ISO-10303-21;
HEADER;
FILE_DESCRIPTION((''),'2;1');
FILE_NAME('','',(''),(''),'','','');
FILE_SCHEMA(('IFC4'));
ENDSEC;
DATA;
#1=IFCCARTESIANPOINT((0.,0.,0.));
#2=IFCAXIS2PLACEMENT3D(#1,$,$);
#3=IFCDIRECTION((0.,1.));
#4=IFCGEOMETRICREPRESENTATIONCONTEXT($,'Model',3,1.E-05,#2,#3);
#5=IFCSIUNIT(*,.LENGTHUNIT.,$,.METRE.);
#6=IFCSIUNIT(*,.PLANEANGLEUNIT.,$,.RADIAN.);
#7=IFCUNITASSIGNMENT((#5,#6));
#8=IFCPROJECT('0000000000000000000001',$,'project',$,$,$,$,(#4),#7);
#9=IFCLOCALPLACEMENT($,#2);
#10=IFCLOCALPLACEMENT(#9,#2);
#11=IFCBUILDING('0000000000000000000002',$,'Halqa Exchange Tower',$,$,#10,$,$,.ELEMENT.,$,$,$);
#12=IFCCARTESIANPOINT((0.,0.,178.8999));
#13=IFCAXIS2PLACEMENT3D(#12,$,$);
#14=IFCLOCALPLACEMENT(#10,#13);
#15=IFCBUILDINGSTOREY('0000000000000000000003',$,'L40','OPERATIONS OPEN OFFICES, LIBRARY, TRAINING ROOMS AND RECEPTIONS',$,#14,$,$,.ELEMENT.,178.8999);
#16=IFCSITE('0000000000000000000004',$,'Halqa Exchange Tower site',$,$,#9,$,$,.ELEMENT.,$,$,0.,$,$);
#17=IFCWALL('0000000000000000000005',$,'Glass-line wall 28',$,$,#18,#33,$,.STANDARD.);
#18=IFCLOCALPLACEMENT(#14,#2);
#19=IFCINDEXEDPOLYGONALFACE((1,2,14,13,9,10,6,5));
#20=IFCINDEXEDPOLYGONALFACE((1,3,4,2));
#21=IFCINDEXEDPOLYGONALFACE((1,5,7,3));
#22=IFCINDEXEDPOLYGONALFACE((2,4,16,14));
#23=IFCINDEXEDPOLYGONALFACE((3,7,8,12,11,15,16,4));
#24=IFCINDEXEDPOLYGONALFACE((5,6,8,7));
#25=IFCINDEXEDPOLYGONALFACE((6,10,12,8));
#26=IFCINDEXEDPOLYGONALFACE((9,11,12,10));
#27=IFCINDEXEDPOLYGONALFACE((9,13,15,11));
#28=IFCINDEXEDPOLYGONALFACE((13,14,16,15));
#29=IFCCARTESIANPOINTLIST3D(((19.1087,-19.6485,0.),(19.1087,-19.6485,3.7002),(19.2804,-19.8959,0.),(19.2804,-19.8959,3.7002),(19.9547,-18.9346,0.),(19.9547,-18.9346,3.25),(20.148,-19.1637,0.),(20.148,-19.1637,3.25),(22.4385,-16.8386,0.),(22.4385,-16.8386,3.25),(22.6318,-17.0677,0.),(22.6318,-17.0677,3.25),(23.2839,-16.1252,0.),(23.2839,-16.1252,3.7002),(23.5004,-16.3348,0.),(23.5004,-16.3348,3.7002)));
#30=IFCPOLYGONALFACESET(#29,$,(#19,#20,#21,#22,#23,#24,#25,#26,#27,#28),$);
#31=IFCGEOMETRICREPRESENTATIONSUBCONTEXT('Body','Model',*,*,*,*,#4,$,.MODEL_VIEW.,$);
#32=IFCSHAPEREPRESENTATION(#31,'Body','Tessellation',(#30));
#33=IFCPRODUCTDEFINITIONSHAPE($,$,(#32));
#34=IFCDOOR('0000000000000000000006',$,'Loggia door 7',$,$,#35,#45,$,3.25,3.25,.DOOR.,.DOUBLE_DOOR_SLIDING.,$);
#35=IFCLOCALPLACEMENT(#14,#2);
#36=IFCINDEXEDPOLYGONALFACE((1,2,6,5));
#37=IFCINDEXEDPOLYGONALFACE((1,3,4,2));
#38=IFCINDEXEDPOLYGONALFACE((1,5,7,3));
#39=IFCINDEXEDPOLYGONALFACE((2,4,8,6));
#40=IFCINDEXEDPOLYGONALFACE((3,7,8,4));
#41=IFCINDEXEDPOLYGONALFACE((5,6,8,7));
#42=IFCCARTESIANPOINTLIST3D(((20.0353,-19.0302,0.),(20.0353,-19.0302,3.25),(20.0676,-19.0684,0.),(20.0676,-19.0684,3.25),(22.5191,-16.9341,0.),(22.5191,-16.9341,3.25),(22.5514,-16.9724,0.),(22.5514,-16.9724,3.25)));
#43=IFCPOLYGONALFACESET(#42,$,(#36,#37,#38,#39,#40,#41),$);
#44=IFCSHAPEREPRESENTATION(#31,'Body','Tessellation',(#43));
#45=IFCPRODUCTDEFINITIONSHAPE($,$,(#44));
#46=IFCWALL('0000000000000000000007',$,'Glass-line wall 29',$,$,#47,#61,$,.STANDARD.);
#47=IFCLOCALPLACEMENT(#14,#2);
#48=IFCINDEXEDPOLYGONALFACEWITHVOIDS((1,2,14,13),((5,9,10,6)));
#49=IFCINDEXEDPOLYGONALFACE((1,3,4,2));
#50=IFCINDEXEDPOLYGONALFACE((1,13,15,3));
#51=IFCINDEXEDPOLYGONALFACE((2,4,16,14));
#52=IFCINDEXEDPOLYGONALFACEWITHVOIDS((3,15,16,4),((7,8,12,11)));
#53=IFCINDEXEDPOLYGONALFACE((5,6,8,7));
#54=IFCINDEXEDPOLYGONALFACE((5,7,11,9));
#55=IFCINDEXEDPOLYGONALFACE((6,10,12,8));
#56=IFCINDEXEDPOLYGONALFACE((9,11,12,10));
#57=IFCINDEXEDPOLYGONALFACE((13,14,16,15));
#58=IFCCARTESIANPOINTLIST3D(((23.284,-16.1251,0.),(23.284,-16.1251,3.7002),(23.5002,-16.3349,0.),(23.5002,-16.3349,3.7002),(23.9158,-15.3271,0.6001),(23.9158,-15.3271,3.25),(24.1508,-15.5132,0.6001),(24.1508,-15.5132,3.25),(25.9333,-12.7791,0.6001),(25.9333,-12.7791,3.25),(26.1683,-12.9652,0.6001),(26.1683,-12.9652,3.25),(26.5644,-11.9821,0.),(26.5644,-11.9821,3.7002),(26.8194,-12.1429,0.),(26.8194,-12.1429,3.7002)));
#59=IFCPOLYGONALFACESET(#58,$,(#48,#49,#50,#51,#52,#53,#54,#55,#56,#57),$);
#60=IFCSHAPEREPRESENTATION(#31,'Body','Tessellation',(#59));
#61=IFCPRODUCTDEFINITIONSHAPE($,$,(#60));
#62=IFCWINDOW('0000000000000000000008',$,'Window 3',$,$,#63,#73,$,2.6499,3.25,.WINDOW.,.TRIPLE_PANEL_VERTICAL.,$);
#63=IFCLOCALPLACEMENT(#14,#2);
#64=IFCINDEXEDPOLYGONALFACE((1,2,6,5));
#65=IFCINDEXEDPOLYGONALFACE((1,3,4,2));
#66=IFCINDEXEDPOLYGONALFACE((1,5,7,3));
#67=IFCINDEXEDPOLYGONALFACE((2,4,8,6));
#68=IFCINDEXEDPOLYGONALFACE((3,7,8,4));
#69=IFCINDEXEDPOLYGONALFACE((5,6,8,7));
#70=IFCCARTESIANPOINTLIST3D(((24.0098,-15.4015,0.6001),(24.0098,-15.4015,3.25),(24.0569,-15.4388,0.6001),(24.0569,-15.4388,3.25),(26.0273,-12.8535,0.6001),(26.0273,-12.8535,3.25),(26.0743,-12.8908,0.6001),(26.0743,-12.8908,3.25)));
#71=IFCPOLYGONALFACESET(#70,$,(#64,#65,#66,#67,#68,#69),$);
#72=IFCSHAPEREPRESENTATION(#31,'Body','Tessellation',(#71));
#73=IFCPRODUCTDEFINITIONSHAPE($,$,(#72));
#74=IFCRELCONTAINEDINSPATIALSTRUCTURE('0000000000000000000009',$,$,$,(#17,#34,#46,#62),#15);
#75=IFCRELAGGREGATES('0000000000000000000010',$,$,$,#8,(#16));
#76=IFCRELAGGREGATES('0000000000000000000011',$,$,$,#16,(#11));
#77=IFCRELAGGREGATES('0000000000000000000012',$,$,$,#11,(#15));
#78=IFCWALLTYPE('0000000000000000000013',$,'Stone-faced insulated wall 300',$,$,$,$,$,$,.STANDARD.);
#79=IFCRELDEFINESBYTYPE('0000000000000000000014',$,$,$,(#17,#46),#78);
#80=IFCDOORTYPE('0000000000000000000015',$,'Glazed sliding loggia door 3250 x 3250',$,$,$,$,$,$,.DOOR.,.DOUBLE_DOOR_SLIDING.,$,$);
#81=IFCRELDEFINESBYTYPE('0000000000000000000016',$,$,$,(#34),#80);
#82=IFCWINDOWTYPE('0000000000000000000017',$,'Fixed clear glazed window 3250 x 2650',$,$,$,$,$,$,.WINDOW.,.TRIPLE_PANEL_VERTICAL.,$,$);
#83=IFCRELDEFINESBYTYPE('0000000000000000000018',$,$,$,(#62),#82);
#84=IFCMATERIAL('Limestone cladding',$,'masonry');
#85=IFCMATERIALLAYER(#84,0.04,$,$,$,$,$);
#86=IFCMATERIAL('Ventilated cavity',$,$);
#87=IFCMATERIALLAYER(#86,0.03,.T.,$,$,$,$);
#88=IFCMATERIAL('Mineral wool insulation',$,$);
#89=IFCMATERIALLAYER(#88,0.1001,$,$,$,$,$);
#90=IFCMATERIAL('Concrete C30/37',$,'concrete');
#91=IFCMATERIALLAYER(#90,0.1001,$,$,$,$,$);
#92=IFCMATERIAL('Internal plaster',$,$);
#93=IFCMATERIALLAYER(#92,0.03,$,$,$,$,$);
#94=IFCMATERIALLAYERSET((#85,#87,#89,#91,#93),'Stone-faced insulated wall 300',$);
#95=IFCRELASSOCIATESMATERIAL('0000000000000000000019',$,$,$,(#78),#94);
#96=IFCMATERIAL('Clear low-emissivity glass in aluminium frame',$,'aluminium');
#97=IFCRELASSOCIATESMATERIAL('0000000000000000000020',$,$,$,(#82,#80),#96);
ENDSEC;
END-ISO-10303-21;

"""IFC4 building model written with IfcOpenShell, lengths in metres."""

from ifc_helpers import new_model, si_unit, direction, frame, frame_2d, origin, place, context, subcontext, project, spatial, polyline, rectangle, outline, extrude, material, layer, layer_set, type_object, element, fill, save


model = new_model("IFC4")

# Units and contexts
model_context = context("Model", 3, precision=1e-05, world=origin(), true_north=direction((0.0, 1.0)))
body_context = subcontext(model_context, "Body", "Model", "MODEL_VIEW")
ifc_project = project(units=[si_unit("LENGTHUNIT", "METRE"), si_unit("PLANEANGLEUNIT", "RADIAN")], contexts=[model_context])

# Site, building, storey
site_placement = place(None, origin())
site = spatial("IfcSite", under=ifc_project, at=site_placement, Name="Halqa Exchange Tower site", CompositionType="ELEMENT", RefElevation=0.0)
building_placement = place(site_placement, origin())
building = spatial("IfcBuilding", under=site, at=building_placement, Name="Halqa Exchange Tower", CompositionType="ELEMENT")
storey_placement = place(building_placement, frame((0.0, 0.0, 178.8999)))
storey = spatial("IfcBuildingStorey", under=building, at=storey_placement, Name="L40", Description="OPERATIONS OPEN OFFICES, LIBRARY, TRAINING ROOMS AND RECEPTIONS", CompositionType="ELEMENT", Elevation=178.8999)

# Shared definitions
ifc_material_1 = material(Name="Limestone cladding", Category="masonry")
ifc_layer_1 = layer(ifc_material_1, 0.04)
ifc_material_2 = material(Name="Ventilated cavity")
ifc_layer_2 = layer(ifc_material_2, 0.03, ventilated=True)
ifc_material_3 = material(Name="Mineral wool insulation")
ifc_layer_3 = layer(ifc_material_3, 0.1001)
ifc_material_4 = material(Name="Concrete C30/37", Category="concrete")
ifc_layer_4 = layer(ifc_material_4, 0.1001)
ifc_material_5 = material(Name="Internal plaster")
ifc_layer_5 = layer(ifc_material_5, 0.03)
ifc_layer_set_1 = layer_set([ifc_layer_1, ifc_layer_2, ifc_layer_3, ifc_layer_4, ifc_layer_5], Name="Stone-faced insulated wall 300")
wall_type_1 = type_object("IfcWallType", Name="Stone-faced insulated wall 300", PredefinedType="STANDARD", material=ifc_layer_set_1)
ifc_material_6 = material(Name="Clear low-emissivity glass in aluminium frame", Category="aluminium")
window_type = type_object("IfcWindowType", Name="Fixed clear glazed window 3250 x 2650", PartitioningType="TRIPLE_PANEL_VERTICAL", PredefinedType="WINDOW", material=ifc_material_6)

# Wall, opening, door
wall_1_placement = place(storey_placement, frame((19.1946, -19.7722, 0.0), z_axis=(0.0, 0.0, 1.0), x_axis=(0.764239, 0.644933, 0.0)))
wall_1 = element("IfcWall", 1, at=wall_1_placement, inside=storey, type_object=wall_type_1, Name="Glass-line wall 28", PredefinedType="STANDARD", context=body_context, shape_type="SweptSolid", body=[
    extrude(outline(polyline([(-0.0142, -0.1499), (5.5076, -0.1499), (5.4773, 0.1499), (0.0142, 0.1499), (-0.0142, -0.1499)])), origin(), (0.0, 0.0, 1.0), 3.7002),
])
opening_1_placement = place(wall_1_placement, frame((1.1211, 0.0, 0.0)))
opening_1 = element("IfcOpeningElement", 2, at=opening_1_placement, cuts=wall_1, PredefinedType="OPENING", context=body_context, shape_type="SweptSolid", body=[
    extrude(rectangle(XDim=3.25, YDim=3.25, at=frame_2d((1.625, 1.625))), frame((0.0, 0.1621, 0.0), z_axis=(0.0, -1.0, 0.0), x_axis=(1.0, 0.0, 0.0)), (0.0, 0.0, 1.0), 0.324),
])
door_type_1 = type_object("IfcDoorType", Name="Glazed sliding loggia door 3250 x 3250", OperationType="DOUBLE_DOOR_SLIDING", PredefinedType="DOOR", material=ifc_material_6)
door_1_placement = place(opening_1_placement, origin())
door_1 = element("IfcDoor", 3, at=door_1_placement, inside=storey, type_object=door_type_1, Name="Loggia door 7", OperationType="DOUBLE_DOOR_SLIDING", OverallHeight=3.25, OverallWidth=3.25, PredefinedType="DOOR", context=body_context, shape_type="SweptSolid", body=[
    extrude(rectangle(XDim=3.25, YDim=3.25, at=frame_2d((1.625, 1.625))), frame((0.0, 0.0249, 0.0), z_axis=(0.0, -1.0, 0.0), x_axis=(1.0, 0.0, 0.0)), (0.0, 0.0, 1.0), 0.05),
])
fill(opening_1, door_1)

# Wall, opening, window
wall_2_placement = place(storey_placement, frame((23.3921, -16.23, 0.0), z_axis=(0.0, 0.0, 1.0), x_axis=(0.620766, 0.783996, 0.0)))
wall_2 = element("IfcWall", 4, at=wall_2_placement, inside=storey, type_object=wall_type_1, Name="Glass-line wall 29", PredefinedType="STANDARD", context=body_context, shape_type="SweptSolid", body=[
    extrude(outline(polyline([(-0.0151, -0.1499), (5.3318, -0.1499), (5.2996, 0.1499), (0.0151, 0.1499), (-0.0151, -0.1499)])), origin(), (0.0, 0.0, 1.0), 3.7002),
])
opening_2_placement = place(wall_2_placement, frame((1.033, 0.0, 0.6001)))
opening_2 = element("IfcOpeningElement", 5, at=opening_2_placement, cuts=wall_2, PredefinedType="OPENING", context=body_context, shape_type="SweptSolid", body=[
    extrude(rectangle(XDim=3.25, YDim=2.6499, at=frame_2d((1.625, 1.325))), frame((0.0, 0.1621, 0.0), z_axis=(0.0, -1.0, 0.0), x_axis=(1.0, 0.0, 0.0)), (0.0, 0.0, 1.0), 0.324),
])
window_1_placement = place(opening_2_placement, origin())
window_1 = element("IfcWindow", 6, at=window_1_placement, inside=storey, type_object=window_type, Name="Window 3", OverallHeight=2.6499, OverallWidth=3.25, PartitioningType="TRIPLE_PANEL_VERTICAL", PredefinedType="WINDOW", context=body_context, shape_type="SweptSolid", body=[
    extrude(rectangle(XDim=3.25, YDim=2.6499, at=frame_2d((1.625, 1.325))), frame((0.0, 0.03, 0.0), z_axis=(0.0, -1.0, 0.0), x_axis=(1.0, 0.0, 0.0)), (0.0, 0.0, 1.0), 0.0601),
])
fill(opening_2, window_1)

save(model, "model.ifc")
